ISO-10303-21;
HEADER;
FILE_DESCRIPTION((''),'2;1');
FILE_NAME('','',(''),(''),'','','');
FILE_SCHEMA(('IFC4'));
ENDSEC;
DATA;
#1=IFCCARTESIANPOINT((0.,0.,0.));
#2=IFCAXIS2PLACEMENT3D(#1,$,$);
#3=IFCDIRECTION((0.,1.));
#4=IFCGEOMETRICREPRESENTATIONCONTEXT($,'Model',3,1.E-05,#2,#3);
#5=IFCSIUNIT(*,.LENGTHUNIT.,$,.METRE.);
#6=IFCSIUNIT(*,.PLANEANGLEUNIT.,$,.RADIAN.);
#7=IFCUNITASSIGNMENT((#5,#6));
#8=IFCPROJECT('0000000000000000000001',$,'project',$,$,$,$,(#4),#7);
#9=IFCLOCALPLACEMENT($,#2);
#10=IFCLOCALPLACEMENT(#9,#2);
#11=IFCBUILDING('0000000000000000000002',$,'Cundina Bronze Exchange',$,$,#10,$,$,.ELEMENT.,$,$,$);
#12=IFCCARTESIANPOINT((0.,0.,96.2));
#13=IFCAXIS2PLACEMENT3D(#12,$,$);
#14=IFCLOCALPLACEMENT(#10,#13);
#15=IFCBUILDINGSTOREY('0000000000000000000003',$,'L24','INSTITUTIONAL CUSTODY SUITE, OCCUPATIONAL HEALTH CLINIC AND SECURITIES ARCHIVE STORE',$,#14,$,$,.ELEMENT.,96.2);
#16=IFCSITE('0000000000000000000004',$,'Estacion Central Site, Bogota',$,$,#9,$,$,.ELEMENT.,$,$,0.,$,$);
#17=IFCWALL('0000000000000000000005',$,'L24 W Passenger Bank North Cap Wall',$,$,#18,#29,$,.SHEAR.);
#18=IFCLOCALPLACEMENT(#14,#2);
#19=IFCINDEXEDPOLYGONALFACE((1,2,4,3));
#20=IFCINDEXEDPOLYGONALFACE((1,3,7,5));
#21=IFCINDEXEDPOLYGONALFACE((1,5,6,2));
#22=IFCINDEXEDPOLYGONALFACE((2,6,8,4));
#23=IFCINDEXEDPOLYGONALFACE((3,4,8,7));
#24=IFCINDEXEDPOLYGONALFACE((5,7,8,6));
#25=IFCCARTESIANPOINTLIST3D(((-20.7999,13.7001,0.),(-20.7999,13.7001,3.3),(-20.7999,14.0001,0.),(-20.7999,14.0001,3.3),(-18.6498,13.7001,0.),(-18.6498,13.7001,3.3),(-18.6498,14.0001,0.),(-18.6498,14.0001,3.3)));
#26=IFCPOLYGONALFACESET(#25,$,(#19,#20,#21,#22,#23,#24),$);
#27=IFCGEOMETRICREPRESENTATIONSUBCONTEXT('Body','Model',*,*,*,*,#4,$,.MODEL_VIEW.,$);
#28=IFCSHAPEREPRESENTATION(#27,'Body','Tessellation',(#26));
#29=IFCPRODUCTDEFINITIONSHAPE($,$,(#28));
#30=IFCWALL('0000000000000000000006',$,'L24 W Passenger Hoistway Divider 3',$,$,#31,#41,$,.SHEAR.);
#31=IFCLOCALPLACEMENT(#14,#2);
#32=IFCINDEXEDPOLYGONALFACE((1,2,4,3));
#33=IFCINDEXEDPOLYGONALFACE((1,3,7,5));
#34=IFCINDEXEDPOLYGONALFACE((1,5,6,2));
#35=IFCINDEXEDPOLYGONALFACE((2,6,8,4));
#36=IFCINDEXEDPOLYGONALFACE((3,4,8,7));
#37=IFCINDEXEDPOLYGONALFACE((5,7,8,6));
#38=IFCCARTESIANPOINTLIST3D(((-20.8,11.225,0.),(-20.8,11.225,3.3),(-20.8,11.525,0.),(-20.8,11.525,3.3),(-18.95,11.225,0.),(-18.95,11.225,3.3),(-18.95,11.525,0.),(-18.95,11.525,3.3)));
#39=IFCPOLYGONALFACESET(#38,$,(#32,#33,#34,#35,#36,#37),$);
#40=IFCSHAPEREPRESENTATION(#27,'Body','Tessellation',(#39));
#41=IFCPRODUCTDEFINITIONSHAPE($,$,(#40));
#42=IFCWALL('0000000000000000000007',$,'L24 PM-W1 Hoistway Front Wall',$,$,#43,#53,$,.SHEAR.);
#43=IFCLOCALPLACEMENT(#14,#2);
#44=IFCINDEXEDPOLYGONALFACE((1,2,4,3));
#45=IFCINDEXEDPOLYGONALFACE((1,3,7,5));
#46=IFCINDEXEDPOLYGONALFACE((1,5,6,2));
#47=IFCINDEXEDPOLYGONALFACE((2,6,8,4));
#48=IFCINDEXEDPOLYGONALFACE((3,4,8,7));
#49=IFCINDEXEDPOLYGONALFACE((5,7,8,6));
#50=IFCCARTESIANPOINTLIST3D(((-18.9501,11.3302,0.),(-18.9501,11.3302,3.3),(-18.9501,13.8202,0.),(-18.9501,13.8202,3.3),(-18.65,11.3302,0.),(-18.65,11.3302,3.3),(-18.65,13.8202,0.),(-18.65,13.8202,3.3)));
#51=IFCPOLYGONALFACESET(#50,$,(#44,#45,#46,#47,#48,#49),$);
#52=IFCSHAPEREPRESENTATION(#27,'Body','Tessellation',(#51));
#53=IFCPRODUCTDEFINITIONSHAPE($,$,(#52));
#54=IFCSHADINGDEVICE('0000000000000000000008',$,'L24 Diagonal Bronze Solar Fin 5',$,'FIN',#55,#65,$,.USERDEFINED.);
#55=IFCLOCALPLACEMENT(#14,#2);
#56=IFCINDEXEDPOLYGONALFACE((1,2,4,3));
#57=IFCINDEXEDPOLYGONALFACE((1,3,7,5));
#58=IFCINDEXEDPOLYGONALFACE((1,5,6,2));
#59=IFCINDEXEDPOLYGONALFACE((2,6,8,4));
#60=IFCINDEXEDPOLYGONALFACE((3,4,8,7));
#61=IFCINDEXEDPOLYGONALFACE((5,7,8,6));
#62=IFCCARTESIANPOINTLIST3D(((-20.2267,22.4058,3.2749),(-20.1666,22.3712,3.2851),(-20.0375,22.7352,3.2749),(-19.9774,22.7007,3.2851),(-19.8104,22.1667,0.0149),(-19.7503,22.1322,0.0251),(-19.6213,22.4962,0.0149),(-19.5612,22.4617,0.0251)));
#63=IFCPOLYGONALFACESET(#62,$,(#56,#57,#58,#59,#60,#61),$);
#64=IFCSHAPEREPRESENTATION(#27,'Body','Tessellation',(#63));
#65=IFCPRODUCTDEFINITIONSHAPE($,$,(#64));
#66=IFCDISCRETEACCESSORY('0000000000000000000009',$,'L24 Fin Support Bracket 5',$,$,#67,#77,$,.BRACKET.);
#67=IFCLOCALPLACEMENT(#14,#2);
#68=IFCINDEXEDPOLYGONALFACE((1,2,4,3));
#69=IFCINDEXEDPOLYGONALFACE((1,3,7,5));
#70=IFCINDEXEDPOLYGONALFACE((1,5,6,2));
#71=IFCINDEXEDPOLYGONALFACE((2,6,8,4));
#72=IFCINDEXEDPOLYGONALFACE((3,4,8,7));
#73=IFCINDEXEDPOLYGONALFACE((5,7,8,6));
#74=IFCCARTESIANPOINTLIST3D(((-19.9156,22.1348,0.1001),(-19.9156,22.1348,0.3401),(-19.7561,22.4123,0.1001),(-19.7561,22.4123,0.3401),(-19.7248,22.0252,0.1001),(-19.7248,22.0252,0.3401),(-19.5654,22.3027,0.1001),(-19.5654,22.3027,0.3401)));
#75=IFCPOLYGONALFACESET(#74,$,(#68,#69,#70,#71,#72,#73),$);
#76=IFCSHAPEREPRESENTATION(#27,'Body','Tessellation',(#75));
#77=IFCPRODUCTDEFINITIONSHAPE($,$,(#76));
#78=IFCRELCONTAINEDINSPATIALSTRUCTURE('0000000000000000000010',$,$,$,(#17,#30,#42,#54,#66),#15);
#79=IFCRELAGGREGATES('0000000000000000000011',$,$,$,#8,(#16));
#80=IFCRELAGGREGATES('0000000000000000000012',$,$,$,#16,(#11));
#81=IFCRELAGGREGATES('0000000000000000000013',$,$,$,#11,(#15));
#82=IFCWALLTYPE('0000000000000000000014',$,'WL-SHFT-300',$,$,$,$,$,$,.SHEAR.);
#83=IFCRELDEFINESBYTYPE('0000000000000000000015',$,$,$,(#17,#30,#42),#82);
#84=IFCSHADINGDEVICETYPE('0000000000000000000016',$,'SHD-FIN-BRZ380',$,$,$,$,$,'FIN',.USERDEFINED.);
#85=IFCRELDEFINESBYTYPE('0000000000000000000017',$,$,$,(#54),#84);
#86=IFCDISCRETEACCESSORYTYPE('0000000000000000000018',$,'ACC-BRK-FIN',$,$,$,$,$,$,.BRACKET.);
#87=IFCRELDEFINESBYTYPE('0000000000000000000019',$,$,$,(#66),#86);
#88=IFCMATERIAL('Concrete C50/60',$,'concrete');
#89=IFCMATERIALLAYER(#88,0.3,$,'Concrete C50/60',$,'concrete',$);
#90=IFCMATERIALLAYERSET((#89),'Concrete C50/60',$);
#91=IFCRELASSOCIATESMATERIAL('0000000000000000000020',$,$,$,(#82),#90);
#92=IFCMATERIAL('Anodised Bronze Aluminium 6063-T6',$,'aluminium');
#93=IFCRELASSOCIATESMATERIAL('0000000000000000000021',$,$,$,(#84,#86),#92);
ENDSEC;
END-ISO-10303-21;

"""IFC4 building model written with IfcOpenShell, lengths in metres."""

from ifc_helpers import new_model, si_unit, direction, frame, frame_2d, origin, origin_2d, place, context, subcontext, project, spatial, rectangle, extrude, material, layer, layer_set, material_profile, profile_set, type_object, element, save


model = new_model("IFC4")

# Units and contexts
model_context = context("Model", 3, precision=1e-05, world=origin(), true_north=direction((0.0, 1.0)))
body_context = subcontext(model_context, "Body", "Model", "MODEL_VIEW")
ifc_project = project(units=[si_unit("LENGTHUNIT", "METRE"), si_unit("PLANEANGLEUNIT", "RADIAN")], contexts=[model_context])

# Site, building, storey
site_placement = place(None, origin())
site = spatial("IfcSite", under=ifc_project, at=site_placement, Name="Estacion Central Site, Bogota", CompositionType="ELEMENT", RefElevation=0.0)
building_placement = place(site_placement, origin())
building = spatial("IfcBuilding", under=site, at=building_placement, Name="Cundina Bronze Exchange", CompositionType="ELEMENT")
storey_placement = place(building_placement, frame((0.0, 0.0, 96.2)))
storey = spatial("IfcBuildingStorey", under=building, at=storey_placement, Name="L24", Description="INSTITUTIONAL CUSTODY SUITE, OCCUPATIONAL HEALTH CLINIC AND SECURITIES ARCHIVE STORE", CompositionType="ELEMENT", Elevation=96.2)

# Shared definitions
ifc_material_1 = material(Name="Anodised Bronze Aluminium 6063-T6", Category="aluminium")

# Shared definitions
ifc_material_2 = material(Name="Concrete C50/60", Category="concrete")
ifc_layer_1 = layer(ifc_material_2, 0.3, Name="Concrete C50/60", Category="concrete")
ifc_layer_set_1 = layer_set([ifc_layer_1], Name="Concrete C50/60")
wall_type_1 = type_object("IfcWallType", Name="WL-SHFT-300", PredefinedType="SHEAR", material=ifc_layer_set_1)

# Walls
wall_1_placement = place(storey_placement, frame((-20.8, 13.8501, 0.0), z_axis=(0.0, 0.0, 1.0), x_axis=(1.0, 0.0, 0.0)))
element("IfcWall", 1, at=wall_1_placement, inside=storey, type_object=wall_type_1, Name="L24 W Passenger Bank North Cap Wall", PredefinedType="SHEAR", context=body_context, shape_type="SweptSolid", body=[
    extrude(rectangle(XDim=2.1501, YDim=0.3, at=frame_2d((1.0752, 0.0))), origin(), (0.0, 0.0, 1.0), 3.3),
])
wall_2_placement = place(storey_placement, frame((-20.8, 11.375, 0.0), z_axis=(0.0, 0.0, 1.0), x_axis=(1.0, 0.0, 0.0)))
element("IfcWall", 2, at=wall_2_placement, inside=storey, type_object=wall_type_1, Name="L24 W Passenger Hoistway Divider 3", PredefinedType="SHEAR", context=body_context, shape_type="SweptSolid", body=[
    extrude(rectangle(XDim=1.8501, YDim=0.3, at=frame_2d((0.925, 0.0))), origin(), (0.0, 0.0, 1.0), 3.3),
])
wall_3_placement = place(storey_placement, frame((-18.8, 11.3301, 0.0), z_axis=(0.0, 0.0, 1.0), x_axis=(0.0, 1.0, 0.0)))
element("IfcWall", 3, at=wall_3_placement, inside=storey, type_object=wall_type_1, Name="L24 PM-W1 Hoistway Front Wall", PredefinedType="SHEAR", context=body_context, shape_type="SweptSolid", body=[
    extrude(rectangle(XDim=2.49, YDim=0.3, at=frame_2d((1.2451, 0.0))), origin(), (0.0, 0.0, 1.0), 3.3),
])

# Shading device
ifc_material_profile_1 = material_profile(ifc_material_1, rectangle(XDim=0.0701, YDim=0.3799, at=origin_2d()), Name="FIN70X380", Category="aluminium")
ifc_profile_set_1 = profile_set([ifc_material_profile_1], Name="Anodised Bronze Aluminium 6063-T6")
shading_device_type = type_object("IfcShadingDeviceType", Name="SHD-FIN-BRZ380", ElementType="FIN", PredefinedType="USERDEFINED", material=ifc_profile_set_1)
shading_device_placement = place(storey_placement, frame((-19.6858, 22.3142, 0.02), z_axis=(-0.126325, 0.072535, 0.989333), x_axis=(0.857958, -0.492634, 0.145668)))
element("IfcShadingDevice", 4, at=shading_device_placement, inside=storey, type_object=shading_device_type, Name="L24 Diagonal Bronze Solar Fin 5", ObjectType="FIN", PredefinedType="USERDEFINED", context=body_context, shape_type="SweptSolid", body=[
    extrude(rectangle(XDim=0.0701, YDim=0.3799, at=origin_2d()), origin(), (0.0, 0.0, 1.0), 3.2952),
])

# Discrete accessory
discrete_accessory_type = type_object("IfcDiscreteAccessoryType", Name="ACC-BRK-FIN", PredefinedType="BRACKET", material=ifc_material_1)
discrete_accessory_placement = place(storey_placement, frame((-19.7405, 22.2188, 0.1001), z_axis=(0.0, 0.0, 1.0), x_axis=(-0.867105, 0.498125, 0.0)))
element("IfcDiscreteAccessory", 5, at=discrete_accessory_placement, inside=storey, type_object=discrete_accessory_type, Name="L24 Fin Support Bracket 5", PredefinedType="BRACKET", context=body_context, shape_type="SweptSolid", body=[
    extrude(rectangle(XDim=0.22, YDim=0.3201, at=origin_2d()), origin(), (0.0, 0.0, 1.0), 0.24),
])

save(model, "model.ifc")
